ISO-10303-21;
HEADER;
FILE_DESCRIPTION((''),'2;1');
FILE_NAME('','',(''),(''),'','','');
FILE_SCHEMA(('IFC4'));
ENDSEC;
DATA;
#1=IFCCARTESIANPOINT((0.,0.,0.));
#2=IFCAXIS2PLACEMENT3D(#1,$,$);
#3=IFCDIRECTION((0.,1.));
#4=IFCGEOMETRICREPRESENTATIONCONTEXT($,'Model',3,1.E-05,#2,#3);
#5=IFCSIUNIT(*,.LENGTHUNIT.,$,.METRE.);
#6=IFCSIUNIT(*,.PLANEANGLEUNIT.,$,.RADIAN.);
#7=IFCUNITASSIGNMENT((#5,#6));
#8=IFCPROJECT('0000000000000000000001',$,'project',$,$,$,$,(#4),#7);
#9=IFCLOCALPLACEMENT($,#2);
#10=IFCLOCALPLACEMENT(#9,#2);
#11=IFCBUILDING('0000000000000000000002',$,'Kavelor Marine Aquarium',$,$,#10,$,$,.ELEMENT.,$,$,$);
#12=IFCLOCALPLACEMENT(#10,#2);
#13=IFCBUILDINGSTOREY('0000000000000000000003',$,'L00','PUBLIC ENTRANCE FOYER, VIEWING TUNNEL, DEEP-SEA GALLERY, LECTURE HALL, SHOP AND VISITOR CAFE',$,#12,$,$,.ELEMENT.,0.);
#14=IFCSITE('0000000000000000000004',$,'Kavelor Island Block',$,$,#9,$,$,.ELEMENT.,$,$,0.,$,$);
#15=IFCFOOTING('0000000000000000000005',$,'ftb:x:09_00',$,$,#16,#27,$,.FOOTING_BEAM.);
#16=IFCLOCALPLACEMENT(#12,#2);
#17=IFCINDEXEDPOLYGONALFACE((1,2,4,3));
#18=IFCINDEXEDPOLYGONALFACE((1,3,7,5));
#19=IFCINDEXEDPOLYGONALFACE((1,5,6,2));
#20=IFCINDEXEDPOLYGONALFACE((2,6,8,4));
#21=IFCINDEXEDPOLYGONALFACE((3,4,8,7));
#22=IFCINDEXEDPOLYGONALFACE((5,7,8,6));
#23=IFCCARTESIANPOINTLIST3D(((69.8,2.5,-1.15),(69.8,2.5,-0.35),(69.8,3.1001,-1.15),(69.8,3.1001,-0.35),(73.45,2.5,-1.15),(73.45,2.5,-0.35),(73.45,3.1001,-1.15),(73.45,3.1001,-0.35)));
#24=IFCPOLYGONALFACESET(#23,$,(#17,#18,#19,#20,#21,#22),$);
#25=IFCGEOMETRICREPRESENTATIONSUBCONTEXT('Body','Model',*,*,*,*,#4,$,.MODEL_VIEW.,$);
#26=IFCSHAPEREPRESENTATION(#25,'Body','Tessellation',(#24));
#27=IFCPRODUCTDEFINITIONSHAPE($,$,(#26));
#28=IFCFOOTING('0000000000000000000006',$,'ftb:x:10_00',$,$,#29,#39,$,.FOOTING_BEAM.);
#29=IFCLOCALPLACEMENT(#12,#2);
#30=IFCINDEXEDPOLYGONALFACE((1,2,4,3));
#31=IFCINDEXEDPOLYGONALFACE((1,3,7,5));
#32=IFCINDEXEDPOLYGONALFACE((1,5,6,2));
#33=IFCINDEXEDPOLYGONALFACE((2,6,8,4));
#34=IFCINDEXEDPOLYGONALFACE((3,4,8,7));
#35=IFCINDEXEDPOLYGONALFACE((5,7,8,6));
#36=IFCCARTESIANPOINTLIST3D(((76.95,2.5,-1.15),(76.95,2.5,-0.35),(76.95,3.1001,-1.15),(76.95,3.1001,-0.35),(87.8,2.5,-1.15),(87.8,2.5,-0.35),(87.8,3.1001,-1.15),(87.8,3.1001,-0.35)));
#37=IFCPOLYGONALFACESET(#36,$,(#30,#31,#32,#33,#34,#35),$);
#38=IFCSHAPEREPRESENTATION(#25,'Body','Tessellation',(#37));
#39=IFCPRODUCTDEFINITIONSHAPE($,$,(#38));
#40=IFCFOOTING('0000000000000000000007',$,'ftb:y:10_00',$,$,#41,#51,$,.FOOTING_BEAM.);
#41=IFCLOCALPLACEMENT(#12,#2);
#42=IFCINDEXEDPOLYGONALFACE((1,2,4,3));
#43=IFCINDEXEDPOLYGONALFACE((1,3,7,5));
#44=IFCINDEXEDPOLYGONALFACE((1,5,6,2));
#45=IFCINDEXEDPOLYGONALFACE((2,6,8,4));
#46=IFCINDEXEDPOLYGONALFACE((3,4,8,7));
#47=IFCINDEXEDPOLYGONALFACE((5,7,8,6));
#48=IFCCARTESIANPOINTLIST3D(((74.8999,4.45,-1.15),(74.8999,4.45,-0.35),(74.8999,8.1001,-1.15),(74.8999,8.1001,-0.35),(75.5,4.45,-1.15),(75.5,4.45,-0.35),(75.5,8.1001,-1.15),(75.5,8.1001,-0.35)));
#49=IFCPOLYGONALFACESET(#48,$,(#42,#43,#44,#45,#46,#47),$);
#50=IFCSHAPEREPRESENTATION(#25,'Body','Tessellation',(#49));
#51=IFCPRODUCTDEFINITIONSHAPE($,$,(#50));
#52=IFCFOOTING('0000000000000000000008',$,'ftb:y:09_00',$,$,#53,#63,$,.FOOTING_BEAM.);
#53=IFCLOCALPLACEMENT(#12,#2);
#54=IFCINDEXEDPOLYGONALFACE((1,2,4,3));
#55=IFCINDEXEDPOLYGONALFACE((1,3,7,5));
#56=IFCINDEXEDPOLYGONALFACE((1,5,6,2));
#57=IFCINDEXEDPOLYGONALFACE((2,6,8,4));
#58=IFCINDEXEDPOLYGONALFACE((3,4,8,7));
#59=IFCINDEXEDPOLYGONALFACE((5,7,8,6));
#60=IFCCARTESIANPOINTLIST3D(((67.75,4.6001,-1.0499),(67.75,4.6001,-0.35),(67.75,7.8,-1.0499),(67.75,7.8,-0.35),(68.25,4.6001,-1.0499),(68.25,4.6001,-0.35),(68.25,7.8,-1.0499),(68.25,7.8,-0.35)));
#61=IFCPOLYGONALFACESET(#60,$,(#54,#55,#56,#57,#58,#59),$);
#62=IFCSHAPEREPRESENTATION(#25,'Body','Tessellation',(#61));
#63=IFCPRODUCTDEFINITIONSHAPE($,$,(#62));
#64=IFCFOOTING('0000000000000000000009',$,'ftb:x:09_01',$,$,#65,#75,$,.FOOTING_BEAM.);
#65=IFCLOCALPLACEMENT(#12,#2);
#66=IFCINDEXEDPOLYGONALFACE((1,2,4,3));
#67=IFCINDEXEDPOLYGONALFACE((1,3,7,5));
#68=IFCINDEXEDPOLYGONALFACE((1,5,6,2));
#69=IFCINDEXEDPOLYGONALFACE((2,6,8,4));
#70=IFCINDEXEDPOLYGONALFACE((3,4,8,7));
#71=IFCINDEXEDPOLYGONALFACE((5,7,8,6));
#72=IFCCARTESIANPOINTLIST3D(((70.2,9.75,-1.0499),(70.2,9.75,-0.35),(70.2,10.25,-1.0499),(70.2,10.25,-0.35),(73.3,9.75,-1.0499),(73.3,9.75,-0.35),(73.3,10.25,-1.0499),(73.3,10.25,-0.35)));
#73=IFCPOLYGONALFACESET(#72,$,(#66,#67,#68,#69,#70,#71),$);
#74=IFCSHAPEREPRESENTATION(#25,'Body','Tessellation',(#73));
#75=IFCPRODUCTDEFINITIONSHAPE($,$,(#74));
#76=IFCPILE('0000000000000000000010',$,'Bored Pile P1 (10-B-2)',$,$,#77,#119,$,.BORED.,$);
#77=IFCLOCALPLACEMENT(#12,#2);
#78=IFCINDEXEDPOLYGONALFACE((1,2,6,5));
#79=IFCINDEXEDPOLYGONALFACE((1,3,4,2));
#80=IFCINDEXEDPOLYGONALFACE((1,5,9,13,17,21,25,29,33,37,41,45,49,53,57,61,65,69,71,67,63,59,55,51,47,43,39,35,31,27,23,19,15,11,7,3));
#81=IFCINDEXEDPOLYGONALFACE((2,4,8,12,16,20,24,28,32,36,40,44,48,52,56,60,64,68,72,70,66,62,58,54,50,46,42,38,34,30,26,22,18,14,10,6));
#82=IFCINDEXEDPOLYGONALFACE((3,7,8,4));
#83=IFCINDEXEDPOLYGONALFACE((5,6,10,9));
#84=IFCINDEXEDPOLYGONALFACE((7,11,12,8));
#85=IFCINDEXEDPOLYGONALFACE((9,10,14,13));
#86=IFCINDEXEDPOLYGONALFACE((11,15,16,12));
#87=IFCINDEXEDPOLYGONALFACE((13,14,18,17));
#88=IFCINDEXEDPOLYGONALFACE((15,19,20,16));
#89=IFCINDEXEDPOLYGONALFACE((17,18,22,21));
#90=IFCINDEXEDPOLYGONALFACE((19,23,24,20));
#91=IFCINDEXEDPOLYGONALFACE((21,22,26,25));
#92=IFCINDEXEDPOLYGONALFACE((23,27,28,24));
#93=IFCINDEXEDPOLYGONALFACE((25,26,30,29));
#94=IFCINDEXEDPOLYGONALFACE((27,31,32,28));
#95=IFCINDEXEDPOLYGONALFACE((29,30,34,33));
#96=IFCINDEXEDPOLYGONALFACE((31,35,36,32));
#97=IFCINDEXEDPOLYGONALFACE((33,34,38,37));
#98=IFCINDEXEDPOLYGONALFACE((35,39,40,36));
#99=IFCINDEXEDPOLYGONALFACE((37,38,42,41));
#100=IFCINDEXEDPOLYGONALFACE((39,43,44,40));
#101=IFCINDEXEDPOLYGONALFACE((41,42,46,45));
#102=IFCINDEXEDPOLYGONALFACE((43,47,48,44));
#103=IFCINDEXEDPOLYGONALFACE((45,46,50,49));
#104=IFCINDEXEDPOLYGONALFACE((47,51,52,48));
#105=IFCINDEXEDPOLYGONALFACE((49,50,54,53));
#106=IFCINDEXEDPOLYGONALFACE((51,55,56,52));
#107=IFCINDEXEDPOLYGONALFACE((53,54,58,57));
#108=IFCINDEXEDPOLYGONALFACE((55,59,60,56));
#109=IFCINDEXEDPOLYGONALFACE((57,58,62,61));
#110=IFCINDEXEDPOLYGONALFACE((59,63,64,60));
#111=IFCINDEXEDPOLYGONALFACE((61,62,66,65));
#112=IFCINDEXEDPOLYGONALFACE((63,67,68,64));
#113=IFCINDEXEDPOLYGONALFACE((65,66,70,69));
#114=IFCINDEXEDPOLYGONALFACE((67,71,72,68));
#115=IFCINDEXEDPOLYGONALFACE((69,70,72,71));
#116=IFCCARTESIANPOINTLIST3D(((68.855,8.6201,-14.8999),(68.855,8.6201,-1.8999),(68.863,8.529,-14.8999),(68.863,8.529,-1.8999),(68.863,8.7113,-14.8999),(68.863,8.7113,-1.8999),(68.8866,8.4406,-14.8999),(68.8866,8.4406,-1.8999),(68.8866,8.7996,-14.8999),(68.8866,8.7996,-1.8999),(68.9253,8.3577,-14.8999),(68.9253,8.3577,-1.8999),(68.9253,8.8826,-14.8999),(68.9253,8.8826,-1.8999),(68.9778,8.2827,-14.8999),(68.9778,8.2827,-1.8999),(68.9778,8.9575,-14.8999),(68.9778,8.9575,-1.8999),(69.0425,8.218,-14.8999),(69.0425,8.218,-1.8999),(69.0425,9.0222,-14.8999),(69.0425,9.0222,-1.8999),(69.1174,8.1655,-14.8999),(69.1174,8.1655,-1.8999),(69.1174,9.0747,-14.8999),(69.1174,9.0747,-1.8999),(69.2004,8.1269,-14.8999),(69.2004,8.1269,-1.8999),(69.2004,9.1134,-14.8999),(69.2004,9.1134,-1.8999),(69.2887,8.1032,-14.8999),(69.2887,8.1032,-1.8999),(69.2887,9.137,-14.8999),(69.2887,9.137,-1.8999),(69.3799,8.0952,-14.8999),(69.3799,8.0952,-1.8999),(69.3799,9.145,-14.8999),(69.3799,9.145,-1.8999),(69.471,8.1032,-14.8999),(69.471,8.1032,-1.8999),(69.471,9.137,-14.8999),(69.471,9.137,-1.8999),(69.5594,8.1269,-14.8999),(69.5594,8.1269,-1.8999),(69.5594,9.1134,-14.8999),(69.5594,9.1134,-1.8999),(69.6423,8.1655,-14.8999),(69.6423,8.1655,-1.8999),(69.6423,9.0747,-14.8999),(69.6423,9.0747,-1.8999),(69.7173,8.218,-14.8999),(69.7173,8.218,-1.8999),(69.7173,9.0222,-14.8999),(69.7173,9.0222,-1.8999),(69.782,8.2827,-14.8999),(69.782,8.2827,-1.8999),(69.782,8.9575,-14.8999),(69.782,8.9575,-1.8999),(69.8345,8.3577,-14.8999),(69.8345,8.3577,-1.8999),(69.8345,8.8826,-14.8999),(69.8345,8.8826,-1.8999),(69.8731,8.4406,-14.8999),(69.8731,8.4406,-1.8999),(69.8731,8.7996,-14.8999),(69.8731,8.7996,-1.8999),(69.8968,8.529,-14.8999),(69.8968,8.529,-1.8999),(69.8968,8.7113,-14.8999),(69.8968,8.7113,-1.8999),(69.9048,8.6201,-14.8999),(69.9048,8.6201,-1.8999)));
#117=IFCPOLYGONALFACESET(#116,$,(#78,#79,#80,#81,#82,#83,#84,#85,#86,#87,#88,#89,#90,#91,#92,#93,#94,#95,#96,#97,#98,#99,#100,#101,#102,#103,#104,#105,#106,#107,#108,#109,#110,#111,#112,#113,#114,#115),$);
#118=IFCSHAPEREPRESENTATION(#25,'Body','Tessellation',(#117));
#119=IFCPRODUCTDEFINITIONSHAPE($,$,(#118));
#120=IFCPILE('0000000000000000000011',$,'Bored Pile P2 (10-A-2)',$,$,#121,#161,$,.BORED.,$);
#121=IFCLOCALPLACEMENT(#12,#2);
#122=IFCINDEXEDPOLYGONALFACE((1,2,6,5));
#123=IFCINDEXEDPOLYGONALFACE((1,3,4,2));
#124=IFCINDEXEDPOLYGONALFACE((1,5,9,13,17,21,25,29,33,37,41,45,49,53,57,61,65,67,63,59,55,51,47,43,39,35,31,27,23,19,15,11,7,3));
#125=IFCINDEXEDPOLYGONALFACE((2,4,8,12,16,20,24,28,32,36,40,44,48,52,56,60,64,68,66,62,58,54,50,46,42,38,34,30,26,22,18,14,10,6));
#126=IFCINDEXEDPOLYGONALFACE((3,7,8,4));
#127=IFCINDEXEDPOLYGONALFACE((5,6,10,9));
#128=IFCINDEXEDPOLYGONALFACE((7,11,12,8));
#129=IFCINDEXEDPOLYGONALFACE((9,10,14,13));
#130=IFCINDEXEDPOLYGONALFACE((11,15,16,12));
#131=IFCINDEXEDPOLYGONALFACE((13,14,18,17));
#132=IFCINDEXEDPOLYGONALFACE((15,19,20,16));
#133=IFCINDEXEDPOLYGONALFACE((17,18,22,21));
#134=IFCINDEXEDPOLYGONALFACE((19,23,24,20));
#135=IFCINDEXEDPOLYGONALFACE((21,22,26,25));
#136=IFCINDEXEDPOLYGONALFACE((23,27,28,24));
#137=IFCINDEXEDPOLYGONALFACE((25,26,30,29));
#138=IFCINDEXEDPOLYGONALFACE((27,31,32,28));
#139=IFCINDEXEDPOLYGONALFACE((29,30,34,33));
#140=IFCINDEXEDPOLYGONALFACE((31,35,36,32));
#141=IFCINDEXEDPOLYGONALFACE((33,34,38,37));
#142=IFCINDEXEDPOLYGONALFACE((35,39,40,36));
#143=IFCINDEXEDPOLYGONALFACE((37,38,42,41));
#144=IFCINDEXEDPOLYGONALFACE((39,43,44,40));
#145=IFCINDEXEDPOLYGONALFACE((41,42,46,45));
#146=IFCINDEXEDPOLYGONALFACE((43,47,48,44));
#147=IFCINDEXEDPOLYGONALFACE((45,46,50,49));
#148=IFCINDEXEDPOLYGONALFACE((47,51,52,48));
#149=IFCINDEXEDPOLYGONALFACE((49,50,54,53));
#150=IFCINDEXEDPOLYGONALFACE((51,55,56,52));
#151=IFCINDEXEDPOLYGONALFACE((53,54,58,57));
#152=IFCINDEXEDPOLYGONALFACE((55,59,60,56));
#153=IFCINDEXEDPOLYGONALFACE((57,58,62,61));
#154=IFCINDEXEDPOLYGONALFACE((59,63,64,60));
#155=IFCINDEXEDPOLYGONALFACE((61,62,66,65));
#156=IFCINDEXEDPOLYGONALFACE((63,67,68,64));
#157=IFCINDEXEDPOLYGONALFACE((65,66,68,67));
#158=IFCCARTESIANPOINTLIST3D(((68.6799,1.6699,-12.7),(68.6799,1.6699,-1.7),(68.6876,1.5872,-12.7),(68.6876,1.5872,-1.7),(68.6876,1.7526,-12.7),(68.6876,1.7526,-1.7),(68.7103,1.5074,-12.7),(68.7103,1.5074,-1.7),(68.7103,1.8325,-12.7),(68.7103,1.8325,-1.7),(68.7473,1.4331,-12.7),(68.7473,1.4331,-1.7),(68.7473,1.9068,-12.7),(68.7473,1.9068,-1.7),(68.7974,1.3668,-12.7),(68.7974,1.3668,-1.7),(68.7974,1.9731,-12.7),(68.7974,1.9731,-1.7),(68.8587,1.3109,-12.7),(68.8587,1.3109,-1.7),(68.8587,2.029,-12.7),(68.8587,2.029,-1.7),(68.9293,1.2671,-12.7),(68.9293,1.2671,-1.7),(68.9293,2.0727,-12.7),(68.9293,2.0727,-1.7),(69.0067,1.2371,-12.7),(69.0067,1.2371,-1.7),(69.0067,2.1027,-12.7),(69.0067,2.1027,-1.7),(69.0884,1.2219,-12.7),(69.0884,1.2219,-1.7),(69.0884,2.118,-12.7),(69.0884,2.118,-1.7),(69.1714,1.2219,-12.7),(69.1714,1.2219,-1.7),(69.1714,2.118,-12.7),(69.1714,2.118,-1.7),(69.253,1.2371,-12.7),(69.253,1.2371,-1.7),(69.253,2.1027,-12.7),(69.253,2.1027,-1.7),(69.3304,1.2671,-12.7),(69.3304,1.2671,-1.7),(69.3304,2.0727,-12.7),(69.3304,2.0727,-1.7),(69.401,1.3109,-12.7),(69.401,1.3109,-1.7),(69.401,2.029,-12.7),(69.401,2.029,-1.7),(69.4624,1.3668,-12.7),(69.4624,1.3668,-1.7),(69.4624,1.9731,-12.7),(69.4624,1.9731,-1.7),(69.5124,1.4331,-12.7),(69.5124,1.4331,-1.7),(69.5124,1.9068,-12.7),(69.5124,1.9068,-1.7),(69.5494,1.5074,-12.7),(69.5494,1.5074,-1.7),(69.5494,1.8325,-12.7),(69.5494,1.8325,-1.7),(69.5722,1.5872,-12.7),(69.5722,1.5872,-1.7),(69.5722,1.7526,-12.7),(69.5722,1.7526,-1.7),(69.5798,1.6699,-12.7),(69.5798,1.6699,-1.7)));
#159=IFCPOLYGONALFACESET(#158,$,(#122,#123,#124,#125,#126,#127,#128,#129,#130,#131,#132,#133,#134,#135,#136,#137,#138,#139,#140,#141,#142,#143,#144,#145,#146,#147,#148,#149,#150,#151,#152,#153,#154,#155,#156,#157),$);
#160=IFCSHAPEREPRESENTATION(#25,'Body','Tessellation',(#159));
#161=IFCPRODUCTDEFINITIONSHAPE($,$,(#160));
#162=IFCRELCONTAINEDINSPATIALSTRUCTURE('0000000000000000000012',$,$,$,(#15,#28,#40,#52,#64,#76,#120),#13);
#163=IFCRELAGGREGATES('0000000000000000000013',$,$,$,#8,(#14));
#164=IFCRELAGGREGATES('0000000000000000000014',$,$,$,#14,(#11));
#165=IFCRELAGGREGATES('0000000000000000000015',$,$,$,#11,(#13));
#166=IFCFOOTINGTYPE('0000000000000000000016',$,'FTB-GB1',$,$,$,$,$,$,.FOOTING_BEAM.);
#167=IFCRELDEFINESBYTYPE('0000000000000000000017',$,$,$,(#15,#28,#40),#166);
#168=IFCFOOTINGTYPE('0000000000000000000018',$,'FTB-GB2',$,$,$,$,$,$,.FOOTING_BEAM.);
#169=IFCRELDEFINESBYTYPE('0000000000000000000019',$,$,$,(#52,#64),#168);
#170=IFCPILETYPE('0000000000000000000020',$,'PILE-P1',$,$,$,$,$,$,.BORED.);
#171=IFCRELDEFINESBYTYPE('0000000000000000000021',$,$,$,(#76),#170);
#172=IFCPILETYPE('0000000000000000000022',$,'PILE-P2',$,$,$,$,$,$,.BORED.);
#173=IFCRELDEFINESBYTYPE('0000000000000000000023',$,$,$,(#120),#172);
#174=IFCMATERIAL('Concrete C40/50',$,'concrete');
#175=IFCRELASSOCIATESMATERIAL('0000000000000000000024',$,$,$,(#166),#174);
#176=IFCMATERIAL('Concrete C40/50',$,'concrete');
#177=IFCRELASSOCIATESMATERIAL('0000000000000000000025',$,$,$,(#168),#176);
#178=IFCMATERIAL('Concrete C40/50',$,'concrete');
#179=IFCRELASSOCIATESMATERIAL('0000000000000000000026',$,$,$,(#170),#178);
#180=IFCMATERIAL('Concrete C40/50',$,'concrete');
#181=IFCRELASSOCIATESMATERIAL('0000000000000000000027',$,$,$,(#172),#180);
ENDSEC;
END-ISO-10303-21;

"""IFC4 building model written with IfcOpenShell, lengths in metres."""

from ifc_helpers import new_model, si_unit, direction, frame, origin, origin_2d, place, context, subcontext, project, spatial, rectangle, circle, extrude, material, material_profile, profile_set, type_object, element, save


model = new_model("IFC4")

# Units and contexts
model_context = context("Model", 3, precision=1e-05, world=origin(), true_north=direction((0.0, 1.0)))
body_context = subcontext(model_context, "Body", "Model", "MODEL_VIEW")
ifc_project = project(units=[si_unit("LENGTHUNIT", "METRE"), si_unit("PLANEANGLEUNIT", "RADIAN")], contexts=[model_context])

# Site, building, storey
site_placement = place(None, origin())
site = spatial("IfcSite", under=ifc_project, at=site_placement, Name="Kavelor Island Block", CompositionType="ELEMENT", RefElevation=0.0)
building_placement = place(site_placement, origin())
building = spatial("IfcBuilding", under=site, at=building_placement, Name="Kavelor Marine Aquarium", CompositionType="ELEMENT")
storey_placement = place(building_placement, origin())
storey = spatial("IfcBuildingStorey", under=building, at=storey_placement, Name="L00", Description="PUBLIC ENTRANCE FOYER, VIEWING TUNNEL, DEEP-SEA GALLERY, LECTURE HALL, SHOP AND VISITOR CAFE", CompositionType="ELEMENT", Elevation=0.0)

# Footings
ifc_material_1 = material(Name="Concrete C40/50", Category="concrete")
ifc_material_profile_1 = material_profile(ifc_material_1, rectangle(XDim=0.6001, YDim=0.8, at=origin_2d()), Name="GB 600x800")
ifc_profile_set_1 = profile_set([ifc_material_profile_1], Name="Concrete C40/50")
footing_type_1 = type_object("IfcFootingType", Name="FTB-GB1", PredefinedType="FOOTING_BEAM", material=ifc_profile_set_1)
footing_1_placement = place(storey_placement, frame((69.8, 2.8, -0.75), z_axis=(1.0, 0.0, 0.0), x_axis=(0.0, 1.0, 0.0)))
element("IfcFooting", 1, at=footing_1_placement, inside=storey, type_object=footing_type_1, Name="ftb:x:09_00", PredefinedType="FOOTING_BEAM", context=body_context, shape_type="SweptSolid", body=[
    extrude(rectangle(XDim=0.6001, YDim=0.8, at=origin_2d()), origin(), (0.0, 0.0, 1.0), 3.6499),
])
footing_2_placement = place(storey_placement, frame((76.95, 2.8, -0.75), z_axis=(1.0, 0.0, 0.0), x_axis=(0.0, 1.0, 0.0)))
element("IfcFooting", 2, at=footing_2_placement, inside=storey, type_object=footing_type_1, Name="ftb:x:10_00", PredefinedType="FOOTING_BEAM", context=body_context, shape_type="SweptSolid", body=[
    extrude(rectangle(XDim=0.6001, YDim=0.8, at=origin_2d()), origin(), (0.0, 0.0, 1.0), 10.8501),
])
footing_3_placement = place(storey_placement, frame((75.2, 4.45, -0.75), z_axis=(0.0, 1.0, 0.0), x_axis=(-1.0, 0.0, 0.0)))
element("IfcFooting", 3, at=footing_3_placement, inside=storey, type_object=footing_type_1, Name="ftb:y:10_00", PredefinedType="FOOTING_BEAM", context=body_context, shape_type="SweptSolid", body=[
    extrude(rectangle(XDim=0.6001, YDim=0.8, at=origin_2d()), origin(), (0.0, 0.0, 1.0), 3.6501),
])
ifc_material_2 = material(Name="Concrete C40/50", Category="concrete")
ifc_material_profile_2 = material_profile(ifc_material_2, rectangle(XDim=0.5, YDim=0.7, at=origin_2d()), Name="GB 500x700")
ifc_profile_set_2 = profile_set([ifc_material_profile_2], Name="Concrete C40/50")
footing_type_2 = type_object("IfcFootingType", Name="FTB-GB2", PredefinedType="FOOTING_BEAM", material=ifc_profile_set_2)
footing_4_placement = place(storey_placement, frame((68.0, 4.6001, -0.7), z_axis=(0.0, 1.0, 0.0), x_axis=(-1.0, 0.0, 0.0)))
element("IfcFooting", 4, at=footing_4_placement, inside=storey, type_object=footing_type_2, Name="ftb:y:09_00", PredefinedType="FOOTING_BEAM", context=body_context, shape_type="SweptSolid", body=[
    extrude(rectangle(XDim=0.5, YDim=0.7, at=origin_2d()), origin(), (0.0, 0.0, 1.0), 3.2),
])
footing_5_placement = place(storey_placement, frame((70.2, 10.0, -0.7), z_axis=(1.0, 0.0, 0.0), x_axis=(0.0, 1.0, 0.0)))
element("IfcFooting", 5, at=footing_5_placement, inside=storey, type_object=footing_type_2, Name="ftb:x:09_01", PredefinedType="FOOTING_BEAM", context=body_context, shape_type="SweptSolid", body=[
    extrude(rectangle(XDim=0.5, YDim=0.7, at=origin_2d()), origin(), (0.0, 0.0, 1.0), 3.1001),
])

# Piles
ifc_material_3 = material(Name="Concrete C40/50", Category="concrete")
ifc_material_profile_3 = material_profile(ifc_material_3, circle(Radius=0.5249, at=origin_2d()), Name="PILE D1050")
ifc_profile_set_3 = profile_set([ifc_material_profile_3], Name="Concrete C40/50")
pile_type_1 = type_object("IfcPileType", Name="PILE-P1", PredefinedType="BORED", material=ifc_profile_set_3)
pile_placement = place(storey_placement, frame((69.3799, 8.6201, -1.8999), z_axis=(0.0, 0.0, -1.0), x_axis=(1.0, 0.0, 0.0)))
element("IfcPile", 6, at=pile_placement, inside=storey, type_object=pile_type_1, Name="Bored Pile P1 (10-B-2)", PredefinedType="BORED", context=body_context, shape_type="SweptSolid", body=[
    extrude(circle(Radius=0.5249, at=origin_2d()), origin(), (0.0, 0.0, 1.0), 13.0),
])
ifc_material_4 = material(Name="Concrete C40/50", Category="concrete")
ifc_material_profile_4 = material_profile(ifc_material_4, circle(Radius=0.45, at=origin_2d()), Name="PILE D900")
ifc_profile_set_4 = profile_set([ifc_material_profile_4], Name="Concrete C40/50")
pile_type_2 = type_object("IfcPileType", Name="PILE-P2", PredefinedType="BORED", material=ifc_profile_set_4)
for number, where, z_axis, x_axis, name in (
    (7, (69.1299, 1.6699, -1.7), (0.0, 0.0, -1.0), (1.0, 0.0, 0.0), "Bored Pile P2 (10-A-2)"),
):
    element("IfcPile", number, at=place(storey_placement, frame(where, z_axis=z_axis, x_axis=x_axis)), inside=storey, type_object=pile_type_2, Name=name, PredefinedType="BORED", context=body_context, shape_type="SweptSolid", body=[
        extrude(circle(Radius=0.45, at=origin_2d()), origin(), (0.0, 0.0, 1.0), 11.0),
    ])

save(model, "model.ifc")
